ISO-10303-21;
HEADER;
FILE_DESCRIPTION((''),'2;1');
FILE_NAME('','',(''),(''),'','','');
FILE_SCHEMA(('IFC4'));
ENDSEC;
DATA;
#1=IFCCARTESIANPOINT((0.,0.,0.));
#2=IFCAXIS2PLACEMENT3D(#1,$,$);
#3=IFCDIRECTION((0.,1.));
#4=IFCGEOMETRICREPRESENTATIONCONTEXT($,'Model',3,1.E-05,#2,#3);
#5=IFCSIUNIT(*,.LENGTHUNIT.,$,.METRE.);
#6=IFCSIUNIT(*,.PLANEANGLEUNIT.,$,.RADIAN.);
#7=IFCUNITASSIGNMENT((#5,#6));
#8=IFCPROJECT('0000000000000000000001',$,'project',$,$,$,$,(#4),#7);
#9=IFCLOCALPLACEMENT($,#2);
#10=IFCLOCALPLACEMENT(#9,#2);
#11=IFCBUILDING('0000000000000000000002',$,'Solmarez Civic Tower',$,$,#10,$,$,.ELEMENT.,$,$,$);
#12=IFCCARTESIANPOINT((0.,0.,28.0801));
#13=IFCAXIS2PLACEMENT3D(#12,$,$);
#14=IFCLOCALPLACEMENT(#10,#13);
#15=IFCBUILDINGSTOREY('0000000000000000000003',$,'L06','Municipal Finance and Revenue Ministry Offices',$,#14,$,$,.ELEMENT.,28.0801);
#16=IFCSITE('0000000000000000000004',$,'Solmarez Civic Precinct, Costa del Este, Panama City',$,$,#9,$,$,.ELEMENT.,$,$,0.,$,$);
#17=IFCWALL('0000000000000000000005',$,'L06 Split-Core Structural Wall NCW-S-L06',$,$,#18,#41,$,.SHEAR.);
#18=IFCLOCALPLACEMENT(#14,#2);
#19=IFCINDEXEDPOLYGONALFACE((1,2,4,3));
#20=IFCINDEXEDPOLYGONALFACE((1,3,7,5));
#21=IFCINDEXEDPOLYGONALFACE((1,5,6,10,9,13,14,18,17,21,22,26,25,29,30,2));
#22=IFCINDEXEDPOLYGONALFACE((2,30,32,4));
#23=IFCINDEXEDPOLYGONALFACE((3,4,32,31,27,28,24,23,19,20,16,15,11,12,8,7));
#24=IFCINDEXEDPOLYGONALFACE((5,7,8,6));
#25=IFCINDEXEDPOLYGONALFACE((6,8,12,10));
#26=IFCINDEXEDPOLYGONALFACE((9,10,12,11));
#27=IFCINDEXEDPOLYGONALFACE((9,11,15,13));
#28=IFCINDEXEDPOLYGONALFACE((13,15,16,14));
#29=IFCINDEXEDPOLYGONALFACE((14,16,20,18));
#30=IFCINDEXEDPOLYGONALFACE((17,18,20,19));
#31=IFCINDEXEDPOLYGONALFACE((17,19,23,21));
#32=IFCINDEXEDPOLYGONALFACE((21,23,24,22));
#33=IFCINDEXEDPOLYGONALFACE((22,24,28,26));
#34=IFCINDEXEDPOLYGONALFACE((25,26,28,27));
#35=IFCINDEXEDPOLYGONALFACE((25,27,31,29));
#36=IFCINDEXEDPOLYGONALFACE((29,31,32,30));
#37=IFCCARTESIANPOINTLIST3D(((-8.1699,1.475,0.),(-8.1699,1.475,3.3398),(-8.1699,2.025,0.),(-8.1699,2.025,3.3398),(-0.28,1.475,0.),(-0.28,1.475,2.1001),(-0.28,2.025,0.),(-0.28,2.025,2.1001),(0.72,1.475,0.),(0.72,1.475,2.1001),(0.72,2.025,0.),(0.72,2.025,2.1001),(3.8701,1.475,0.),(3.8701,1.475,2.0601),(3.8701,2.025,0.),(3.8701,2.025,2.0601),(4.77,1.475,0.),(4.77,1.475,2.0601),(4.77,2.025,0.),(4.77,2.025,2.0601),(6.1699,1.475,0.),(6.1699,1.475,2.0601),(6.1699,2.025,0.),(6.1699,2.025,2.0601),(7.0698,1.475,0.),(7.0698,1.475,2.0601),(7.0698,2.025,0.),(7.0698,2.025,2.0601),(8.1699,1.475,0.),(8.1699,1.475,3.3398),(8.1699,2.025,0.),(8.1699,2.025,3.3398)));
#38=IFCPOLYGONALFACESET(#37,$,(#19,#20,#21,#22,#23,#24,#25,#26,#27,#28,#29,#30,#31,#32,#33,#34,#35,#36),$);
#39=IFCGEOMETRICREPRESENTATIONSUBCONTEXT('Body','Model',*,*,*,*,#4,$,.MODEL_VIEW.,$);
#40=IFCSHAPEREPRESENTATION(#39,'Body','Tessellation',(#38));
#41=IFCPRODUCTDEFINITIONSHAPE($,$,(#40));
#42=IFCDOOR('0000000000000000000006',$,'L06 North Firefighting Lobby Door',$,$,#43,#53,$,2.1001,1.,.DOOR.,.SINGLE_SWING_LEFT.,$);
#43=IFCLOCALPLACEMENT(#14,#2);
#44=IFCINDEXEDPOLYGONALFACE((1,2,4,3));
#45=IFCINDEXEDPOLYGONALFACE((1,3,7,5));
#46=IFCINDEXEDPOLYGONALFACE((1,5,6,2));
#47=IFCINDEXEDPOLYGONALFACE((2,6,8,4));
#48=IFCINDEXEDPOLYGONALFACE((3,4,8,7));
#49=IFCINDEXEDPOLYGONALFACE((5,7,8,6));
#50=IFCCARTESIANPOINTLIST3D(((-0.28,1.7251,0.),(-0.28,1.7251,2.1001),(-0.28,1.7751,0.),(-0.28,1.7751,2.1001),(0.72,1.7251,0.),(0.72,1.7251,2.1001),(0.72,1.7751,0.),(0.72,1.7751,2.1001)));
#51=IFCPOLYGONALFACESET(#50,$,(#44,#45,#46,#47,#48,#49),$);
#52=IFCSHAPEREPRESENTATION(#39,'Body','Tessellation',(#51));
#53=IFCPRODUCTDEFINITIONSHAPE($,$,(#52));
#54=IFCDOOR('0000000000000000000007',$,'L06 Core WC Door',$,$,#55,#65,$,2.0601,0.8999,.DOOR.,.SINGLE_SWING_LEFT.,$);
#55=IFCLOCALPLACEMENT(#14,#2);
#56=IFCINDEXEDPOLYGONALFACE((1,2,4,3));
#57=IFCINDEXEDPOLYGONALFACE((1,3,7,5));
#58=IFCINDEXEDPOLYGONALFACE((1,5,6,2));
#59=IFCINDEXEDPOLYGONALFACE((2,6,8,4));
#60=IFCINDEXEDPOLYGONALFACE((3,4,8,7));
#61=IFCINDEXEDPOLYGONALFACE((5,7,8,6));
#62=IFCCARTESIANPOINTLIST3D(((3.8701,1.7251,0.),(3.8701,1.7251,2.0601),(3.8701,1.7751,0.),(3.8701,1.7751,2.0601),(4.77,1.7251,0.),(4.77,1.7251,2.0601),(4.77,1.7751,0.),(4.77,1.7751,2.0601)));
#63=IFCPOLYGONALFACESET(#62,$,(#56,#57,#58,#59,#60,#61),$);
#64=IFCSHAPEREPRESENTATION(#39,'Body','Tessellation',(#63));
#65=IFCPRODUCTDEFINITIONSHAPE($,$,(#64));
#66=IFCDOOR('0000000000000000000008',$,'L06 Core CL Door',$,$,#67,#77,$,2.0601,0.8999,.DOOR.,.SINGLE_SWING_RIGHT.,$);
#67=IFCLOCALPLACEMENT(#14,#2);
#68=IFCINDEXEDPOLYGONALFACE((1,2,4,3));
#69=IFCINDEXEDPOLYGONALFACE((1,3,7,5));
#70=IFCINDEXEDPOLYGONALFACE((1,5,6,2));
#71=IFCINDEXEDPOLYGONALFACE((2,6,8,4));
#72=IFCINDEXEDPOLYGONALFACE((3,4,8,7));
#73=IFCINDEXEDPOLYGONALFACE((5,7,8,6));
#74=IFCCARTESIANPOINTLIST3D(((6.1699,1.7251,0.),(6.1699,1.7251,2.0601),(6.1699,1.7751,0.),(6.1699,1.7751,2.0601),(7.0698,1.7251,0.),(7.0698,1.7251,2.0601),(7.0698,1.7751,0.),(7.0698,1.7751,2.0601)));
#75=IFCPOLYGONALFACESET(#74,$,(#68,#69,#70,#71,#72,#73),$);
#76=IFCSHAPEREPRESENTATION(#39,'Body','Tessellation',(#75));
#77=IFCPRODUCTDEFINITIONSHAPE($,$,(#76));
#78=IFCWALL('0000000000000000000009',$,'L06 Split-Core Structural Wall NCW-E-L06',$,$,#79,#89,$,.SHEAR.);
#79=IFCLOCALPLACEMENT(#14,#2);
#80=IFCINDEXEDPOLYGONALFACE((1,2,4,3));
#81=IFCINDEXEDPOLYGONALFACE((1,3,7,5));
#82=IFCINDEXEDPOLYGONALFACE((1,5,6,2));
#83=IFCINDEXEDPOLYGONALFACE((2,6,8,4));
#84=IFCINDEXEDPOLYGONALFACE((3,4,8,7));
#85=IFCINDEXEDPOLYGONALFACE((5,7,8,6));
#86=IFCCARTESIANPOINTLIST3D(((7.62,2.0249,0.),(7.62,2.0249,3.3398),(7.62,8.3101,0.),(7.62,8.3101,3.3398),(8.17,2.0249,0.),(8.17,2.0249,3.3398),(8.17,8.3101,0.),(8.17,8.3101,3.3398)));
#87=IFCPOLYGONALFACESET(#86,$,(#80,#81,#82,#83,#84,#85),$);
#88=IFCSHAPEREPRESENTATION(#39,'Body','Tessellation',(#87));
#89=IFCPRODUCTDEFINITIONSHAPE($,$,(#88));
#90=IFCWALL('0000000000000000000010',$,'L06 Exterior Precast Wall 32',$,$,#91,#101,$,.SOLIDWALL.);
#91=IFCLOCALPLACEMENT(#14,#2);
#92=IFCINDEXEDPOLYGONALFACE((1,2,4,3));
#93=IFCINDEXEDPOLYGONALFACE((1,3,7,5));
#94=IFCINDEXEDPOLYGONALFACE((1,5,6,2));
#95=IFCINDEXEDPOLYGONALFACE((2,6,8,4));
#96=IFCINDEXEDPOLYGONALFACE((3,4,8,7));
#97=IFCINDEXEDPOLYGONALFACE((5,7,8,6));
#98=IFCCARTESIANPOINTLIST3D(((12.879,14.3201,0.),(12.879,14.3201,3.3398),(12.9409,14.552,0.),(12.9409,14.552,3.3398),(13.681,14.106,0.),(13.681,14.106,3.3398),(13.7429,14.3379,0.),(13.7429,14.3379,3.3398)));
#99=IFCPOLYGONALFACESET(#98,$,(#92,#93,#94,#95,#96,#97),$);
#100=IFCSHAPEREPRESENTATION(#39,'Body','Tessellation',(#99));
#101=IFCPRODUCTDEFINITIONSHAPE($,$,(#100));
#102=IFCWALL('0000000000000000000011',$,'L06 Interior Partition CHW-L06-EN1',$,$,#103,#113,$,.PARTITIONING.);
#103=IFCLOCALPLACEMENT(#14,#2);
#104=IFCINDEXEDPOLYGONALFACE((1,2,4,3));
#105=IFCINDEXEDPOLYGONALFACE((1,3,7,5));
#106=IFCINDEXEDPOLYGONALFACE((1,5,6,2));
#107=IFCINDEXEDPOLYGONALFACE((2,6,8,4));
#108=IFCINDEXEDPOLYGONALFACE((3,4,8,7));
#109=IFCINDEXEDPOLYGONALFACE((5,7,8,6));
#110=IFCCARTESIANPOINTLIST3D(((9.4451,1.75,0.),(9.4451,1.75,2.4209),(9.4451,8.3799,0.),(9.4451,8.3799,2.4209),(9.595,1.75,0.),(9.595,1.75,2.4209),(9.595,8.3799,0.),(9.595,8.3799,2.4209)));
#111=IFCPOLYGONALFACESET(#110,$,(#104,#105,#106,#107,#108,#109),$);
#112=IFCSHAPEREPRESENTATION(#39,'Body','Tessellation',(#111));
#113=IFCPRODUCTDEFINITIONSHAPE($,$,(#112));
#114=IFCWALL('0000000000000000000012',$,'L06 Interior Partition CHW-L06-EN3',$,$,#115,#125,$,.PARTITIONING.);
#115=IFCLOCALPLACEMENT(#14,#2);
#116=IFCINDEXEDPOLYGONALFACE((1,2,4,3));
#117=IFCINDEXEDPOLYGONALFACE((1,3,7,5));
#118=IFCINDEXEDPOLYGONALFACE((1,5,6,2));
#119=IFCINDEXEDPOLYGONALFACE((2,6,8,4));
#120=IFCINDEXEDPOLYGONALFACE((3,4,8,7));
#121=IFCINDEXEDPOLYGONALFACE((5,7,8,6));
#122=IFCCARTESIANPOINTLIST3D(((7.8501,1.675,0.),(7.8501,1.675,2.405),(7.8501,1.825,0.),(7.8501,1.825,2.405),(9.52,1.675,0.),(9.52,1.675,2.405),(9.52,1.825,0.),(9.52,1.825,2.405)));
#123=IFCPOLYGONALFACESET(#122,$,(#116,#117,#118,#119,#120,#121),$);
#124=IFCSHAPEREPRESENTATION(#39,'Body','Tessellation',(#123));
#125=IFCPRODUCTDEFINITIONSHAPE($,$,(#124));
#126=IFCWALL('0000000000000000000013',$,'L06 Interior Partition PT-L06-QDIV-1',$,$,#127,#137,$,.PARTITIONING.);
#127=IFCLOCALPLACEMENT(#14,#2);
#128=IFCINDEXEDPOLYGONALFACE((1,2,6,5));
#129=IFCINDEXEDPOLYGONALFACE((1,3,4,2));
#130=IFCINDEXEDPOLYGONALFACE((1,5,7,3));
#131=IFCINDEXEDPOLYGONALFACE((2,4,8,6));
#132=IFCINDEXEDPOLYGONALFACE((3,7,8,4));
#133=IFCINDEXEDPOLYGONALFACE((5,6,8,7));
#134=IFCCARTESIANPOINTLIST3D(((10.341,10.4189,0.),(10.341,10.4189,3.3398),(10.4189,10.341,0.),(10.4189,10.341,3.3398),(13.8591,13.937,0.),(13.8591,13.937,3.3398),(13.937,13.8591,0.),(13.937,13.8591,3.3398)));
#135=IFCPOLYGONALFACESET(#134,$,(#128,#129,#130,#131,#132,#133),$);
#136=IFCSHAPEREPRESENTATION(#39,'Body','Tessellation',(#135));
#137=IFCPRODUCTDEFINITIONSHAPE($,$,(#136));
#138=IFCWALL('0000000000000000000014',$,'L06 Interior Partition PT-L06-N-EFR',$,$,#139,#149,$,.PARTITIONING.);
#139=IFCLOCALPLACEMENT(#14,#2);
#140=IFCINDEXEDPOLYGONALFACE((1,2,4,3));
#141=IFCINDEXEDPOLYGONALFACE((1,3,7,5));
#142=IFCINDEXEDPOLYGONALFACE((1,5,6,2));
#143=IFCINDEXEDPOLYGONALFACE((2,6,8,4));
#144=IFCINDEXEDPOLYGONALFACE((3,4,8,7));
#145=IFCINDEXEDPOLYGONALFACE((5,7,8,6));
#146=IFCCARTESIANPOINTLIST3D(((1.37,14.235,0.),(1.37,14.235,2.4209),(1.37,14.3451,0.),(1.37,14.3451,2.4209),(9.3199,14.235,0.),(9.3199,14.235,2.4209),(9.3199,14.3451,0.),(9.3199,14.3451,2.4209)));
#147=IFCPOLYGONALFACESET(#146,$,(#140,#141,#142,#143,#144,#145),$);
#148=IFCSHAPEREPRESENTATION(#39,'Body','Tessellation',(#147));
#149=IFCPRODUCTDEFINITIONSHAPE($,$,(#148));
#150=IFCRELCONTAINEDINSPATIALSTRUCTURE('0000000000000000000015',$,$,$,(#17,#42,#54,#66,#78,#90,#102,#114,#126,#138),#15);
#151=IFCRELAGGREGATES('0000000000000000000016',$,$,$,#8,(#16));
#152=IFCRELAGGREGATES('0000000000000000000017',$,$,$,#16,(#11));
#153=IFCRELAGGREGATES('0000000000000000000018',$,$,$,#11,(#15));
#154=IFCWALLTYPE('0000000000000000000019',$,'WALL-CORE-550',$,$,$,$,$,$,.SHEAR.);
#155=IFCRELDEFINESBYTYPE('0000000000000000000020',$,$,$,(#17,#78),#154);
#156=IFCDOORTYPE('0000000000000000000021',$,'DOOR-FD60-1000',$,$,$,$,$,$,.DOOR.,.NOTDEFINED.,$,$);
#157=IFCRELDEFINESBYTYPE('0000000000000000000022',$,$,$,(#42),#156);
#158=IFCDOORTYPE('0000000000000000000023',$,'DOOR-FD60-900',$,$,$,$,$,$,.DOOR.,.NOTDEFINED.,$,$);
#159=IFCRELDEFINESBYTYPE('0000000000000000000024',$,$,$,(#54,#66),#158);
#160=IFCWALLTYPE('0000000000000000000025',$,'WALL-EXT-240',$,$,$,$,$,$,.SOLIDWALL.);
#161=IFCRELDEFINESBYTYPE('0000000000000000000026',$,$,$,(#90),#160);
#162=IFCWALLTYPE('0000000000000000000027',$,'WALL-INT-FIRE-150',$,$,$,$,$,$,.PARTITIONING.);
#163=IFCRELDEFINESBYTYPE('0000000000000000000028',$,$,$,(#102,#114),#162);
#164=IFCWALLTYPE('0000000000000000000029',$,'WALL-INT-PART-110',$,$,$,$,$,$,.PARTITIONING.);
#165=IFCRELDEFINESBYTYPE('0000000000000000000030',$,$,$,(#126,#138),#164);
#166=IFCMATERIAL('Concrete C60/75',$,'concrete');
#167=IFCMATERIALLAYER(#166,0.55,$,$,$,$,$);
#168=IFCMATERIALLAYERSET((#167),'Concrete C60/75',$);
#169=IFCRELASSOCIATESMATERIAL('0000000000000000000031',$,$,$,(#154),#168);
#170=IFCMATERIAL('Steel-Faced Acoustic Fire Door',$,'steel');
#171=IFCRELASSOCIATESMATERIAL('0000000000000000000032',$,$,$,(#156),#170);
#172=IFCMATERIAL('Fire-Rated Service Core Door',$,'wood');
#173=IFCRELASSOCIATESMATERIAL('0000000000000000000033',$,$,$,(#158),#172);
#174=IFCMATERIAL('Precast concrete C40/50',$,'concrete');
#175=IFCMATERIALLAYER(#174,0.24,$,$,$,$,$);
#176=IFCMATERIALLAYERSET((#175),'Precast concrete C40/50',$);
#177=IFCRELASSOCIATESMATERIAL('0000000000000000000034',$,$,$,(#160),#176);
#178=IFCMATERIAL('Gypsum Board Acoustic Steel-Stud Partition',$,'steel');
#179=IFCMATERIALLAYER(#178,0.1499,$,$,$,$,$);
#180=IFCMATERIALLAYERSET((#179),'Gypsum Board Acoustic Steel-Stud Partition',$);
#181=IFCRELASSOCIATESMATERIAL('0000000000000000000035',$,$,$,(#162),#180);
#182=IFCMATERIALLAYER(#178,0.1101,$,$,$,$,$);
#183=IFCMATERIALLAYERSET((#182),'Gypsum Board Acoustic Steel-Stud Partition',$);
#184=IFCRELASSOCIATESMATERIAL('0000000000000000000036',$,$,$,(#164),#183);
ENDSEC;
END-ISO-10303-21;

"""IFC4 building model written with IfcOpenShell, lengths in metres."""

from ifc_helpers import new_model, si_unit, direction, frame, frame_2d, origin, place, context, subcontext, project, spatial, rectangle, extrude, material, layer, layer_set, type_object, element, fill, save


model = new_model("IFC4")

# Units and contexts
model_context = context("Model", 3, precision=1e-05, world=origin(), true_north=direction((0.0, 1.0)))
body_context = subcontext(model_context, "Body", "Model", "MODEL_VIEW")
ifc_project = project(units=[si_unit("LENGTHUNIT", "METRE"), si_unit("PLANEANGLEUNIT", "RADIAN")], contexts=[model_context])

# Site, building, storey
site_placement = place(None, origin())
site = spatial("IfcSite", under=ifc_project, at=site_placement, Name="Solmarez Civic Precinct, Costa del Este, Panama City", CompositionType="ELEMENT", RefElevation=0.0)
building_placement = place(site_placement, origin())
building = spatial("IfcBuilding", under=site, at=building_placement, Name="Solmarez Civic Tower", CompositionType="ELEMENT")
storey_placement = place(building_placement, frame((0.0, 0.0, 28.0801)))
storey = spatial("IfcBuildingStorey", under=building, at=storey_placement, Name="L06", Description="Municipal Finance and Revenue Ministry Offices", CompositionType="ELEMENT", Elevation=28.0801)

# Shared definitions
ifc_material_1 = material(Name="Concrete C60/75", Category="concrete")

# Wall, openings, doors
ifc_layer_1 = layer(ifc_material_1, 0.55)
ifc_layer_set_1 = layer_set([ifc_layer_1], Name="Concrete C60/75")
wall_type_1 = type_object("IfcWallType", Name="WALL-CORE-550", PredefinedType="SHEAR", material=ifc_layer_set_1)
wall_1_placement = place(storey_placement, frame((8.1699, 1.75, 0.0), z_axis=(0.0, 0.0, 1.0), x_axis=(-1.0, 0.0, 0.0)))
wall_1 = element("IfcWall", 1, at=wall_1_placement, inside=storey, type_object=wall_type_1, Name="L06 Split-Core Structural Wall NCW-S-L06", PredefinedType="SHEAR", context=body_context, shape_type="SweptSolid", body=[
    extrude(rectangle(XDim=16.3398, YDim=0.55, at=frame_2d((8.1699, 0.0))), origin(), (0.0, 0.0, 1.0), 3.3398),
])
opening_1_placement = place(wall_1_placement, frame((7.45, 0.0, 0.0)))
opening_1 = element("IfcOpeningElement", 2, at=opening_1_placement, cuts=wall_1, PredefinedType="OPENING", context=body_context, shape_type="SweptSolid", body=[
    extrude(rectangle(XDim=1.0, YDim=2.1001, at=frame_2d((0.5, 1.05))), frame((0.0, 0.2849, 0.0), z_axis=(0.0, -1.0, 0.0), x_axis=(1.0, 0.0, 0.0)), (0.0, 0.0, 1.0), 0.5701),
])
opening_2_placement = place(wall_1_placement, frame((3.3999, 0.0, 0.0)))
opening_2 = element("IfcOpeningElement", 3, at=opening_2_placement, cuts=wall_1, PredefinedType="OPENING", context=body_context, shape_type="SweptSolid", body=[
    extrude(rectangle(XDim=0.8999, YDim=2.0601, at=frame_2d((0.45, 1.03))), frame((0.0, 0.2849, 0.0), z_axis=(0.0, -1.0, 0.0), x_axis=(1.0, 0.0, 0.0)), (0.0, 0.0, 1.0), 0.5701),
])
opening_3_placement = place(wall_1_placement, frame((1.1001, 0.0, 0.0)))
opening_3 = element("IfcOpeningElement", 4, at=opening_3_placement, cuts=wall_1, PredefinedType="OPENING", context=body_context, shape_type="SweptSolid", body=[
    extrude(rectangle(XDim=0.8999, YDim=2.0601, at=frame_2d((0.45, 1.03))), frame((0.0, 0.2849, 0.0), z_axis=(0.0, -1.0, 0.0), x_axis=(1.0, 0.0, 0.0)), (0.0, 0.0, 1.0), 0.5701),
])
ifc_material_2 = material(Name="Steel-Faced Acoustic Fire Door", Category="steel")
door_type_1 = type_object("IfcDoorType", Name="DOOR-FD60-1000", OperationType="NOTDEFINED", PredefinedType="DOOR", material=ifc_material_2)
door_1_placement = place(opening_1_placement, origin())
door_1 = element("IfcDoor", 5, at=door_1_placement, inside=storey, type_object=door_type_1, Name="L06 North Firefighting Lobby Door", OperationType="SINGLE_SWING_LEFT", OverallHeight=2.1001, OverallWidth=1.0, PredefinedType="DOOR", context=body_context, shape_type="SweptSolid", body=[
    extrude(rectangle(XDim=1.0, YDim=2.1001, at=frame_2d((0.5, 1.05))), frame((0.0, 0.0249, 0.0), z_axis=(0.0, -1.0, 0.0), x_axis=(1.0, 0.0, 0.0)), (0.0, 0.0, 1.0), 0.05),
])
fill(opening_1, door_1)
ifc_material_3 = material(Name="Fire-Rated Service Core Door", Category="wood")
door_type_2 = type_object("IfcDoorType", Name="DOOR-FD60-900", OperationType="NOTDEFINED", PredefinedType="DOOR", material=ifc_material_3)
door_2_placement = place(opening_2_placement, origin())
door_2 = element("IfcDoor", 6, at=door_2_placement, inside=storey, type_object=door_type_2, Name="L06 Core WC Door", OperationType="SINGLE_SWING_LEFT", OverallHeight=2.0601, OverallWidth=0.8999, PredefinedType="DOOR", context=body_context, shape_type="SweptSolid", body=[
    extrude(rectangle(XDim=0.8999, YDim=2.0601, at=frame_2d((0.45, 1.03))), frame((0.0, 0.0249, 0.0), z_axis=(0.0, -1.0, 0.0), x_axis=(1.0, 0.0, 0.0)), (0.0, 0.0, 1.0), 0.05),
])
fill(opening_2, door_2)
door_3_placement = place(opening_3_placement, origin())
door_3 = element("IfcDoor", 7, at=door_3_placement, inside=storey, type_object=door_type_2, Name="L06 Core CL Door", OperationType="SINGLE_SWING_RIGHT", OverallHeight=2.0601, OverallWidth=0.8999, PredefinedType="DOOR", context=body_context, shape_type="SweptSolid", body=[
    extrude(rectangle(XDim=0.8999, YDim=2.0601, at=frame_2d((0.45, 1.03))), frame((0.0, 0.0249, 0.0), z_axis=(0.0, -1.0, 0.0), x_axis=(1.0, 0.0, 0.0)), (0.0, 0.0, 1.0), 0.05),
])
fill(opening_3, door_3)

# Walls
wall_2_placement = place(storey_placement, frame((7.895, 8.3101, 0.0), z_axis=(0.0, 0.0, 1.0), x_axis=(0.0, -1.0, 0.0)))
element("IfcWall", 8, at=wall_2_placement, inside=storey, type_object=wall_type_1, Name="L06 Split-Core Structural Wall NCW-E-L06", PredefinedType="SHEAR", context=body_context, shape_type="SweptSolid", body=[
    extrude(rectangle(XDim=6.2852, YDim=0.55, at=frame_2d((3.1426, 0.0))), origin(), (0.0, 0.0, 1.0), 3.3398),
])
ifc_material_4 = material(Name="Precast concrete C40/50", Category="concrete")
ifc_layer_2 = layer(ifc_material_4, 0.24)
ifc_layer_set_2 = layer_set([ifc_layer_2], Name="Precast concrete C40/50")
wall_type_2 = type_object("IfcWallType", Name="WALL-EXT-240", PredefinedType="SOLIDWALL", material=ifc_layer_set_2)
wall_3_placement = place(storey_placement, frame((12.9099, 14.436, 0.0), z_axis=(0.0, 0.0, 1.0), x_axis=(0.966162, -0.257937, 0.0)))
element("IfcWall", 9, at=wall_3_placement, inside=storey, type_object=wall_type_2, Name="L06 Exterior Precast Wall 32", PredefinedType="SOLIDWALL", context=body_context, shape_type="SweptSolid", body=[
    extrude(rectangle(XDim=0.8301, YDim=0.24, at=frame_2d((0.415, 0.0))), origin(), (0.0, 0.0, 1.0), 3.3398),
])
ifc_material_5 = material(Name="Gypsum Board Acoustic Steel-Stud Partition", Category="steel")
ifc_layer_3 = layer(ifc_material_5, 0.1499)
ifc_layer_set_3 = layer_set([ifc_layer_3], Name="Gypsum Board Acoustic Steel-Stud Partition")
wall_type_3 = type_object("IfcWallType", Name="WALL-INT-FIRE-150", PredefinedType="PARTITIONING", material=ifc_layer_set_3)
wall_4_placement = place(storey_placement, frame((9.52, 1.75, 0.0), z_axis=(0.0, 0.0, 1.0), x_axis=(0.0, 1.0, 0.0)))
element("IfcWall", 10, at=wall_4_placement, inside=storey, type_object=wall_type_3, Name="L06 Interior Partition CHW-L06-EN1", PredefinedType="PARTITIONING", context=body_context, shape_type="SweptSolid", body=[
    extrude(rectangle(XDim=6.6299, YDim=0.1499, at=frame_2d((3.3149, 0.0))), origin(), (0.0, 0.0, 1.0), 2.4209),
])
wall_5_placement = place(storey_placement, frame((7.8501, 1.75, 0.0), z_axis=(0.0, 0.0, 1.0), x_axis=(1.0, 0.0, 0.0)))
element("IfcWall", 11, at=wall_5_placement, inside=storey, type_object=wall_type_3, Name="L06 Interior Partition CHW-L06-EN3", PredefinedType="PARTITIONING", context=body_context, shape_type="SweptSolid", body=[
    extrude(rectangle(XDim=1.6699, YDim=0.1499, at=frame_2d((0.835, 0.0))), origin(), (0.0, 0.0, 1.0), 2.405),
])
ifc_layer_4 = layer(ifc_material_5, 0.1101)
ifc_layer_set_4 = layer_set([ifc_layer_4], Name="Gypsum Board Acoustic Steel-Stud Partition")
wall_type_4 = type_object("IfcWallType", Name="WALL-INT-PART-110", PredefinedType="PARTITIONING", material=ifc_layer_set_4)
wall_6_placement = place(storey_placement, frame((10.3799, 10.3799, 0.0), z_axis=(0.0, 0.0, 1.0), x_axis=(0.707107, 0.707107, 0.0)))
element("IfcWall", 12, at=wall_6_placement, inside=storey, type_object=wall_type_4, Name="L06 Interior Partition PT-L06-QDIV-1", PredefinedType="PARTITIONING", context=body_context, shape_type="SweptSolid", body=[
    extrude(rectangle(XDim=4.9753, YDim=0.1101, at=frame_2d((2.4878, 0.0))), origin(), (0.0, 0.0, 1.0), 3.3398),
])
wall_7_placement = place(storey_placement, frame((9.3201, 14.29, 0.0), z_axis=(0.0, 0.0, 1.0), x_axis=(-1.0, 0.0, 0.0)))
element("IfcWall", 13, at=wall_7_placement, inside=storey, type_object=wall_type_4, Name="L06 Interior Partition PT-L06-N-EFR", PredefinedType="PARTITIONING", context=body_context, shape_type="SweptSolid", body=[
    extrude(rectangle(XDim=7.95, YDim=0.1101, at=frame_2d((3.9751, 0.0))), origin(), (0.0, 0.0, 1.0), 2.4209),
])

save(model, "model.ifc")
